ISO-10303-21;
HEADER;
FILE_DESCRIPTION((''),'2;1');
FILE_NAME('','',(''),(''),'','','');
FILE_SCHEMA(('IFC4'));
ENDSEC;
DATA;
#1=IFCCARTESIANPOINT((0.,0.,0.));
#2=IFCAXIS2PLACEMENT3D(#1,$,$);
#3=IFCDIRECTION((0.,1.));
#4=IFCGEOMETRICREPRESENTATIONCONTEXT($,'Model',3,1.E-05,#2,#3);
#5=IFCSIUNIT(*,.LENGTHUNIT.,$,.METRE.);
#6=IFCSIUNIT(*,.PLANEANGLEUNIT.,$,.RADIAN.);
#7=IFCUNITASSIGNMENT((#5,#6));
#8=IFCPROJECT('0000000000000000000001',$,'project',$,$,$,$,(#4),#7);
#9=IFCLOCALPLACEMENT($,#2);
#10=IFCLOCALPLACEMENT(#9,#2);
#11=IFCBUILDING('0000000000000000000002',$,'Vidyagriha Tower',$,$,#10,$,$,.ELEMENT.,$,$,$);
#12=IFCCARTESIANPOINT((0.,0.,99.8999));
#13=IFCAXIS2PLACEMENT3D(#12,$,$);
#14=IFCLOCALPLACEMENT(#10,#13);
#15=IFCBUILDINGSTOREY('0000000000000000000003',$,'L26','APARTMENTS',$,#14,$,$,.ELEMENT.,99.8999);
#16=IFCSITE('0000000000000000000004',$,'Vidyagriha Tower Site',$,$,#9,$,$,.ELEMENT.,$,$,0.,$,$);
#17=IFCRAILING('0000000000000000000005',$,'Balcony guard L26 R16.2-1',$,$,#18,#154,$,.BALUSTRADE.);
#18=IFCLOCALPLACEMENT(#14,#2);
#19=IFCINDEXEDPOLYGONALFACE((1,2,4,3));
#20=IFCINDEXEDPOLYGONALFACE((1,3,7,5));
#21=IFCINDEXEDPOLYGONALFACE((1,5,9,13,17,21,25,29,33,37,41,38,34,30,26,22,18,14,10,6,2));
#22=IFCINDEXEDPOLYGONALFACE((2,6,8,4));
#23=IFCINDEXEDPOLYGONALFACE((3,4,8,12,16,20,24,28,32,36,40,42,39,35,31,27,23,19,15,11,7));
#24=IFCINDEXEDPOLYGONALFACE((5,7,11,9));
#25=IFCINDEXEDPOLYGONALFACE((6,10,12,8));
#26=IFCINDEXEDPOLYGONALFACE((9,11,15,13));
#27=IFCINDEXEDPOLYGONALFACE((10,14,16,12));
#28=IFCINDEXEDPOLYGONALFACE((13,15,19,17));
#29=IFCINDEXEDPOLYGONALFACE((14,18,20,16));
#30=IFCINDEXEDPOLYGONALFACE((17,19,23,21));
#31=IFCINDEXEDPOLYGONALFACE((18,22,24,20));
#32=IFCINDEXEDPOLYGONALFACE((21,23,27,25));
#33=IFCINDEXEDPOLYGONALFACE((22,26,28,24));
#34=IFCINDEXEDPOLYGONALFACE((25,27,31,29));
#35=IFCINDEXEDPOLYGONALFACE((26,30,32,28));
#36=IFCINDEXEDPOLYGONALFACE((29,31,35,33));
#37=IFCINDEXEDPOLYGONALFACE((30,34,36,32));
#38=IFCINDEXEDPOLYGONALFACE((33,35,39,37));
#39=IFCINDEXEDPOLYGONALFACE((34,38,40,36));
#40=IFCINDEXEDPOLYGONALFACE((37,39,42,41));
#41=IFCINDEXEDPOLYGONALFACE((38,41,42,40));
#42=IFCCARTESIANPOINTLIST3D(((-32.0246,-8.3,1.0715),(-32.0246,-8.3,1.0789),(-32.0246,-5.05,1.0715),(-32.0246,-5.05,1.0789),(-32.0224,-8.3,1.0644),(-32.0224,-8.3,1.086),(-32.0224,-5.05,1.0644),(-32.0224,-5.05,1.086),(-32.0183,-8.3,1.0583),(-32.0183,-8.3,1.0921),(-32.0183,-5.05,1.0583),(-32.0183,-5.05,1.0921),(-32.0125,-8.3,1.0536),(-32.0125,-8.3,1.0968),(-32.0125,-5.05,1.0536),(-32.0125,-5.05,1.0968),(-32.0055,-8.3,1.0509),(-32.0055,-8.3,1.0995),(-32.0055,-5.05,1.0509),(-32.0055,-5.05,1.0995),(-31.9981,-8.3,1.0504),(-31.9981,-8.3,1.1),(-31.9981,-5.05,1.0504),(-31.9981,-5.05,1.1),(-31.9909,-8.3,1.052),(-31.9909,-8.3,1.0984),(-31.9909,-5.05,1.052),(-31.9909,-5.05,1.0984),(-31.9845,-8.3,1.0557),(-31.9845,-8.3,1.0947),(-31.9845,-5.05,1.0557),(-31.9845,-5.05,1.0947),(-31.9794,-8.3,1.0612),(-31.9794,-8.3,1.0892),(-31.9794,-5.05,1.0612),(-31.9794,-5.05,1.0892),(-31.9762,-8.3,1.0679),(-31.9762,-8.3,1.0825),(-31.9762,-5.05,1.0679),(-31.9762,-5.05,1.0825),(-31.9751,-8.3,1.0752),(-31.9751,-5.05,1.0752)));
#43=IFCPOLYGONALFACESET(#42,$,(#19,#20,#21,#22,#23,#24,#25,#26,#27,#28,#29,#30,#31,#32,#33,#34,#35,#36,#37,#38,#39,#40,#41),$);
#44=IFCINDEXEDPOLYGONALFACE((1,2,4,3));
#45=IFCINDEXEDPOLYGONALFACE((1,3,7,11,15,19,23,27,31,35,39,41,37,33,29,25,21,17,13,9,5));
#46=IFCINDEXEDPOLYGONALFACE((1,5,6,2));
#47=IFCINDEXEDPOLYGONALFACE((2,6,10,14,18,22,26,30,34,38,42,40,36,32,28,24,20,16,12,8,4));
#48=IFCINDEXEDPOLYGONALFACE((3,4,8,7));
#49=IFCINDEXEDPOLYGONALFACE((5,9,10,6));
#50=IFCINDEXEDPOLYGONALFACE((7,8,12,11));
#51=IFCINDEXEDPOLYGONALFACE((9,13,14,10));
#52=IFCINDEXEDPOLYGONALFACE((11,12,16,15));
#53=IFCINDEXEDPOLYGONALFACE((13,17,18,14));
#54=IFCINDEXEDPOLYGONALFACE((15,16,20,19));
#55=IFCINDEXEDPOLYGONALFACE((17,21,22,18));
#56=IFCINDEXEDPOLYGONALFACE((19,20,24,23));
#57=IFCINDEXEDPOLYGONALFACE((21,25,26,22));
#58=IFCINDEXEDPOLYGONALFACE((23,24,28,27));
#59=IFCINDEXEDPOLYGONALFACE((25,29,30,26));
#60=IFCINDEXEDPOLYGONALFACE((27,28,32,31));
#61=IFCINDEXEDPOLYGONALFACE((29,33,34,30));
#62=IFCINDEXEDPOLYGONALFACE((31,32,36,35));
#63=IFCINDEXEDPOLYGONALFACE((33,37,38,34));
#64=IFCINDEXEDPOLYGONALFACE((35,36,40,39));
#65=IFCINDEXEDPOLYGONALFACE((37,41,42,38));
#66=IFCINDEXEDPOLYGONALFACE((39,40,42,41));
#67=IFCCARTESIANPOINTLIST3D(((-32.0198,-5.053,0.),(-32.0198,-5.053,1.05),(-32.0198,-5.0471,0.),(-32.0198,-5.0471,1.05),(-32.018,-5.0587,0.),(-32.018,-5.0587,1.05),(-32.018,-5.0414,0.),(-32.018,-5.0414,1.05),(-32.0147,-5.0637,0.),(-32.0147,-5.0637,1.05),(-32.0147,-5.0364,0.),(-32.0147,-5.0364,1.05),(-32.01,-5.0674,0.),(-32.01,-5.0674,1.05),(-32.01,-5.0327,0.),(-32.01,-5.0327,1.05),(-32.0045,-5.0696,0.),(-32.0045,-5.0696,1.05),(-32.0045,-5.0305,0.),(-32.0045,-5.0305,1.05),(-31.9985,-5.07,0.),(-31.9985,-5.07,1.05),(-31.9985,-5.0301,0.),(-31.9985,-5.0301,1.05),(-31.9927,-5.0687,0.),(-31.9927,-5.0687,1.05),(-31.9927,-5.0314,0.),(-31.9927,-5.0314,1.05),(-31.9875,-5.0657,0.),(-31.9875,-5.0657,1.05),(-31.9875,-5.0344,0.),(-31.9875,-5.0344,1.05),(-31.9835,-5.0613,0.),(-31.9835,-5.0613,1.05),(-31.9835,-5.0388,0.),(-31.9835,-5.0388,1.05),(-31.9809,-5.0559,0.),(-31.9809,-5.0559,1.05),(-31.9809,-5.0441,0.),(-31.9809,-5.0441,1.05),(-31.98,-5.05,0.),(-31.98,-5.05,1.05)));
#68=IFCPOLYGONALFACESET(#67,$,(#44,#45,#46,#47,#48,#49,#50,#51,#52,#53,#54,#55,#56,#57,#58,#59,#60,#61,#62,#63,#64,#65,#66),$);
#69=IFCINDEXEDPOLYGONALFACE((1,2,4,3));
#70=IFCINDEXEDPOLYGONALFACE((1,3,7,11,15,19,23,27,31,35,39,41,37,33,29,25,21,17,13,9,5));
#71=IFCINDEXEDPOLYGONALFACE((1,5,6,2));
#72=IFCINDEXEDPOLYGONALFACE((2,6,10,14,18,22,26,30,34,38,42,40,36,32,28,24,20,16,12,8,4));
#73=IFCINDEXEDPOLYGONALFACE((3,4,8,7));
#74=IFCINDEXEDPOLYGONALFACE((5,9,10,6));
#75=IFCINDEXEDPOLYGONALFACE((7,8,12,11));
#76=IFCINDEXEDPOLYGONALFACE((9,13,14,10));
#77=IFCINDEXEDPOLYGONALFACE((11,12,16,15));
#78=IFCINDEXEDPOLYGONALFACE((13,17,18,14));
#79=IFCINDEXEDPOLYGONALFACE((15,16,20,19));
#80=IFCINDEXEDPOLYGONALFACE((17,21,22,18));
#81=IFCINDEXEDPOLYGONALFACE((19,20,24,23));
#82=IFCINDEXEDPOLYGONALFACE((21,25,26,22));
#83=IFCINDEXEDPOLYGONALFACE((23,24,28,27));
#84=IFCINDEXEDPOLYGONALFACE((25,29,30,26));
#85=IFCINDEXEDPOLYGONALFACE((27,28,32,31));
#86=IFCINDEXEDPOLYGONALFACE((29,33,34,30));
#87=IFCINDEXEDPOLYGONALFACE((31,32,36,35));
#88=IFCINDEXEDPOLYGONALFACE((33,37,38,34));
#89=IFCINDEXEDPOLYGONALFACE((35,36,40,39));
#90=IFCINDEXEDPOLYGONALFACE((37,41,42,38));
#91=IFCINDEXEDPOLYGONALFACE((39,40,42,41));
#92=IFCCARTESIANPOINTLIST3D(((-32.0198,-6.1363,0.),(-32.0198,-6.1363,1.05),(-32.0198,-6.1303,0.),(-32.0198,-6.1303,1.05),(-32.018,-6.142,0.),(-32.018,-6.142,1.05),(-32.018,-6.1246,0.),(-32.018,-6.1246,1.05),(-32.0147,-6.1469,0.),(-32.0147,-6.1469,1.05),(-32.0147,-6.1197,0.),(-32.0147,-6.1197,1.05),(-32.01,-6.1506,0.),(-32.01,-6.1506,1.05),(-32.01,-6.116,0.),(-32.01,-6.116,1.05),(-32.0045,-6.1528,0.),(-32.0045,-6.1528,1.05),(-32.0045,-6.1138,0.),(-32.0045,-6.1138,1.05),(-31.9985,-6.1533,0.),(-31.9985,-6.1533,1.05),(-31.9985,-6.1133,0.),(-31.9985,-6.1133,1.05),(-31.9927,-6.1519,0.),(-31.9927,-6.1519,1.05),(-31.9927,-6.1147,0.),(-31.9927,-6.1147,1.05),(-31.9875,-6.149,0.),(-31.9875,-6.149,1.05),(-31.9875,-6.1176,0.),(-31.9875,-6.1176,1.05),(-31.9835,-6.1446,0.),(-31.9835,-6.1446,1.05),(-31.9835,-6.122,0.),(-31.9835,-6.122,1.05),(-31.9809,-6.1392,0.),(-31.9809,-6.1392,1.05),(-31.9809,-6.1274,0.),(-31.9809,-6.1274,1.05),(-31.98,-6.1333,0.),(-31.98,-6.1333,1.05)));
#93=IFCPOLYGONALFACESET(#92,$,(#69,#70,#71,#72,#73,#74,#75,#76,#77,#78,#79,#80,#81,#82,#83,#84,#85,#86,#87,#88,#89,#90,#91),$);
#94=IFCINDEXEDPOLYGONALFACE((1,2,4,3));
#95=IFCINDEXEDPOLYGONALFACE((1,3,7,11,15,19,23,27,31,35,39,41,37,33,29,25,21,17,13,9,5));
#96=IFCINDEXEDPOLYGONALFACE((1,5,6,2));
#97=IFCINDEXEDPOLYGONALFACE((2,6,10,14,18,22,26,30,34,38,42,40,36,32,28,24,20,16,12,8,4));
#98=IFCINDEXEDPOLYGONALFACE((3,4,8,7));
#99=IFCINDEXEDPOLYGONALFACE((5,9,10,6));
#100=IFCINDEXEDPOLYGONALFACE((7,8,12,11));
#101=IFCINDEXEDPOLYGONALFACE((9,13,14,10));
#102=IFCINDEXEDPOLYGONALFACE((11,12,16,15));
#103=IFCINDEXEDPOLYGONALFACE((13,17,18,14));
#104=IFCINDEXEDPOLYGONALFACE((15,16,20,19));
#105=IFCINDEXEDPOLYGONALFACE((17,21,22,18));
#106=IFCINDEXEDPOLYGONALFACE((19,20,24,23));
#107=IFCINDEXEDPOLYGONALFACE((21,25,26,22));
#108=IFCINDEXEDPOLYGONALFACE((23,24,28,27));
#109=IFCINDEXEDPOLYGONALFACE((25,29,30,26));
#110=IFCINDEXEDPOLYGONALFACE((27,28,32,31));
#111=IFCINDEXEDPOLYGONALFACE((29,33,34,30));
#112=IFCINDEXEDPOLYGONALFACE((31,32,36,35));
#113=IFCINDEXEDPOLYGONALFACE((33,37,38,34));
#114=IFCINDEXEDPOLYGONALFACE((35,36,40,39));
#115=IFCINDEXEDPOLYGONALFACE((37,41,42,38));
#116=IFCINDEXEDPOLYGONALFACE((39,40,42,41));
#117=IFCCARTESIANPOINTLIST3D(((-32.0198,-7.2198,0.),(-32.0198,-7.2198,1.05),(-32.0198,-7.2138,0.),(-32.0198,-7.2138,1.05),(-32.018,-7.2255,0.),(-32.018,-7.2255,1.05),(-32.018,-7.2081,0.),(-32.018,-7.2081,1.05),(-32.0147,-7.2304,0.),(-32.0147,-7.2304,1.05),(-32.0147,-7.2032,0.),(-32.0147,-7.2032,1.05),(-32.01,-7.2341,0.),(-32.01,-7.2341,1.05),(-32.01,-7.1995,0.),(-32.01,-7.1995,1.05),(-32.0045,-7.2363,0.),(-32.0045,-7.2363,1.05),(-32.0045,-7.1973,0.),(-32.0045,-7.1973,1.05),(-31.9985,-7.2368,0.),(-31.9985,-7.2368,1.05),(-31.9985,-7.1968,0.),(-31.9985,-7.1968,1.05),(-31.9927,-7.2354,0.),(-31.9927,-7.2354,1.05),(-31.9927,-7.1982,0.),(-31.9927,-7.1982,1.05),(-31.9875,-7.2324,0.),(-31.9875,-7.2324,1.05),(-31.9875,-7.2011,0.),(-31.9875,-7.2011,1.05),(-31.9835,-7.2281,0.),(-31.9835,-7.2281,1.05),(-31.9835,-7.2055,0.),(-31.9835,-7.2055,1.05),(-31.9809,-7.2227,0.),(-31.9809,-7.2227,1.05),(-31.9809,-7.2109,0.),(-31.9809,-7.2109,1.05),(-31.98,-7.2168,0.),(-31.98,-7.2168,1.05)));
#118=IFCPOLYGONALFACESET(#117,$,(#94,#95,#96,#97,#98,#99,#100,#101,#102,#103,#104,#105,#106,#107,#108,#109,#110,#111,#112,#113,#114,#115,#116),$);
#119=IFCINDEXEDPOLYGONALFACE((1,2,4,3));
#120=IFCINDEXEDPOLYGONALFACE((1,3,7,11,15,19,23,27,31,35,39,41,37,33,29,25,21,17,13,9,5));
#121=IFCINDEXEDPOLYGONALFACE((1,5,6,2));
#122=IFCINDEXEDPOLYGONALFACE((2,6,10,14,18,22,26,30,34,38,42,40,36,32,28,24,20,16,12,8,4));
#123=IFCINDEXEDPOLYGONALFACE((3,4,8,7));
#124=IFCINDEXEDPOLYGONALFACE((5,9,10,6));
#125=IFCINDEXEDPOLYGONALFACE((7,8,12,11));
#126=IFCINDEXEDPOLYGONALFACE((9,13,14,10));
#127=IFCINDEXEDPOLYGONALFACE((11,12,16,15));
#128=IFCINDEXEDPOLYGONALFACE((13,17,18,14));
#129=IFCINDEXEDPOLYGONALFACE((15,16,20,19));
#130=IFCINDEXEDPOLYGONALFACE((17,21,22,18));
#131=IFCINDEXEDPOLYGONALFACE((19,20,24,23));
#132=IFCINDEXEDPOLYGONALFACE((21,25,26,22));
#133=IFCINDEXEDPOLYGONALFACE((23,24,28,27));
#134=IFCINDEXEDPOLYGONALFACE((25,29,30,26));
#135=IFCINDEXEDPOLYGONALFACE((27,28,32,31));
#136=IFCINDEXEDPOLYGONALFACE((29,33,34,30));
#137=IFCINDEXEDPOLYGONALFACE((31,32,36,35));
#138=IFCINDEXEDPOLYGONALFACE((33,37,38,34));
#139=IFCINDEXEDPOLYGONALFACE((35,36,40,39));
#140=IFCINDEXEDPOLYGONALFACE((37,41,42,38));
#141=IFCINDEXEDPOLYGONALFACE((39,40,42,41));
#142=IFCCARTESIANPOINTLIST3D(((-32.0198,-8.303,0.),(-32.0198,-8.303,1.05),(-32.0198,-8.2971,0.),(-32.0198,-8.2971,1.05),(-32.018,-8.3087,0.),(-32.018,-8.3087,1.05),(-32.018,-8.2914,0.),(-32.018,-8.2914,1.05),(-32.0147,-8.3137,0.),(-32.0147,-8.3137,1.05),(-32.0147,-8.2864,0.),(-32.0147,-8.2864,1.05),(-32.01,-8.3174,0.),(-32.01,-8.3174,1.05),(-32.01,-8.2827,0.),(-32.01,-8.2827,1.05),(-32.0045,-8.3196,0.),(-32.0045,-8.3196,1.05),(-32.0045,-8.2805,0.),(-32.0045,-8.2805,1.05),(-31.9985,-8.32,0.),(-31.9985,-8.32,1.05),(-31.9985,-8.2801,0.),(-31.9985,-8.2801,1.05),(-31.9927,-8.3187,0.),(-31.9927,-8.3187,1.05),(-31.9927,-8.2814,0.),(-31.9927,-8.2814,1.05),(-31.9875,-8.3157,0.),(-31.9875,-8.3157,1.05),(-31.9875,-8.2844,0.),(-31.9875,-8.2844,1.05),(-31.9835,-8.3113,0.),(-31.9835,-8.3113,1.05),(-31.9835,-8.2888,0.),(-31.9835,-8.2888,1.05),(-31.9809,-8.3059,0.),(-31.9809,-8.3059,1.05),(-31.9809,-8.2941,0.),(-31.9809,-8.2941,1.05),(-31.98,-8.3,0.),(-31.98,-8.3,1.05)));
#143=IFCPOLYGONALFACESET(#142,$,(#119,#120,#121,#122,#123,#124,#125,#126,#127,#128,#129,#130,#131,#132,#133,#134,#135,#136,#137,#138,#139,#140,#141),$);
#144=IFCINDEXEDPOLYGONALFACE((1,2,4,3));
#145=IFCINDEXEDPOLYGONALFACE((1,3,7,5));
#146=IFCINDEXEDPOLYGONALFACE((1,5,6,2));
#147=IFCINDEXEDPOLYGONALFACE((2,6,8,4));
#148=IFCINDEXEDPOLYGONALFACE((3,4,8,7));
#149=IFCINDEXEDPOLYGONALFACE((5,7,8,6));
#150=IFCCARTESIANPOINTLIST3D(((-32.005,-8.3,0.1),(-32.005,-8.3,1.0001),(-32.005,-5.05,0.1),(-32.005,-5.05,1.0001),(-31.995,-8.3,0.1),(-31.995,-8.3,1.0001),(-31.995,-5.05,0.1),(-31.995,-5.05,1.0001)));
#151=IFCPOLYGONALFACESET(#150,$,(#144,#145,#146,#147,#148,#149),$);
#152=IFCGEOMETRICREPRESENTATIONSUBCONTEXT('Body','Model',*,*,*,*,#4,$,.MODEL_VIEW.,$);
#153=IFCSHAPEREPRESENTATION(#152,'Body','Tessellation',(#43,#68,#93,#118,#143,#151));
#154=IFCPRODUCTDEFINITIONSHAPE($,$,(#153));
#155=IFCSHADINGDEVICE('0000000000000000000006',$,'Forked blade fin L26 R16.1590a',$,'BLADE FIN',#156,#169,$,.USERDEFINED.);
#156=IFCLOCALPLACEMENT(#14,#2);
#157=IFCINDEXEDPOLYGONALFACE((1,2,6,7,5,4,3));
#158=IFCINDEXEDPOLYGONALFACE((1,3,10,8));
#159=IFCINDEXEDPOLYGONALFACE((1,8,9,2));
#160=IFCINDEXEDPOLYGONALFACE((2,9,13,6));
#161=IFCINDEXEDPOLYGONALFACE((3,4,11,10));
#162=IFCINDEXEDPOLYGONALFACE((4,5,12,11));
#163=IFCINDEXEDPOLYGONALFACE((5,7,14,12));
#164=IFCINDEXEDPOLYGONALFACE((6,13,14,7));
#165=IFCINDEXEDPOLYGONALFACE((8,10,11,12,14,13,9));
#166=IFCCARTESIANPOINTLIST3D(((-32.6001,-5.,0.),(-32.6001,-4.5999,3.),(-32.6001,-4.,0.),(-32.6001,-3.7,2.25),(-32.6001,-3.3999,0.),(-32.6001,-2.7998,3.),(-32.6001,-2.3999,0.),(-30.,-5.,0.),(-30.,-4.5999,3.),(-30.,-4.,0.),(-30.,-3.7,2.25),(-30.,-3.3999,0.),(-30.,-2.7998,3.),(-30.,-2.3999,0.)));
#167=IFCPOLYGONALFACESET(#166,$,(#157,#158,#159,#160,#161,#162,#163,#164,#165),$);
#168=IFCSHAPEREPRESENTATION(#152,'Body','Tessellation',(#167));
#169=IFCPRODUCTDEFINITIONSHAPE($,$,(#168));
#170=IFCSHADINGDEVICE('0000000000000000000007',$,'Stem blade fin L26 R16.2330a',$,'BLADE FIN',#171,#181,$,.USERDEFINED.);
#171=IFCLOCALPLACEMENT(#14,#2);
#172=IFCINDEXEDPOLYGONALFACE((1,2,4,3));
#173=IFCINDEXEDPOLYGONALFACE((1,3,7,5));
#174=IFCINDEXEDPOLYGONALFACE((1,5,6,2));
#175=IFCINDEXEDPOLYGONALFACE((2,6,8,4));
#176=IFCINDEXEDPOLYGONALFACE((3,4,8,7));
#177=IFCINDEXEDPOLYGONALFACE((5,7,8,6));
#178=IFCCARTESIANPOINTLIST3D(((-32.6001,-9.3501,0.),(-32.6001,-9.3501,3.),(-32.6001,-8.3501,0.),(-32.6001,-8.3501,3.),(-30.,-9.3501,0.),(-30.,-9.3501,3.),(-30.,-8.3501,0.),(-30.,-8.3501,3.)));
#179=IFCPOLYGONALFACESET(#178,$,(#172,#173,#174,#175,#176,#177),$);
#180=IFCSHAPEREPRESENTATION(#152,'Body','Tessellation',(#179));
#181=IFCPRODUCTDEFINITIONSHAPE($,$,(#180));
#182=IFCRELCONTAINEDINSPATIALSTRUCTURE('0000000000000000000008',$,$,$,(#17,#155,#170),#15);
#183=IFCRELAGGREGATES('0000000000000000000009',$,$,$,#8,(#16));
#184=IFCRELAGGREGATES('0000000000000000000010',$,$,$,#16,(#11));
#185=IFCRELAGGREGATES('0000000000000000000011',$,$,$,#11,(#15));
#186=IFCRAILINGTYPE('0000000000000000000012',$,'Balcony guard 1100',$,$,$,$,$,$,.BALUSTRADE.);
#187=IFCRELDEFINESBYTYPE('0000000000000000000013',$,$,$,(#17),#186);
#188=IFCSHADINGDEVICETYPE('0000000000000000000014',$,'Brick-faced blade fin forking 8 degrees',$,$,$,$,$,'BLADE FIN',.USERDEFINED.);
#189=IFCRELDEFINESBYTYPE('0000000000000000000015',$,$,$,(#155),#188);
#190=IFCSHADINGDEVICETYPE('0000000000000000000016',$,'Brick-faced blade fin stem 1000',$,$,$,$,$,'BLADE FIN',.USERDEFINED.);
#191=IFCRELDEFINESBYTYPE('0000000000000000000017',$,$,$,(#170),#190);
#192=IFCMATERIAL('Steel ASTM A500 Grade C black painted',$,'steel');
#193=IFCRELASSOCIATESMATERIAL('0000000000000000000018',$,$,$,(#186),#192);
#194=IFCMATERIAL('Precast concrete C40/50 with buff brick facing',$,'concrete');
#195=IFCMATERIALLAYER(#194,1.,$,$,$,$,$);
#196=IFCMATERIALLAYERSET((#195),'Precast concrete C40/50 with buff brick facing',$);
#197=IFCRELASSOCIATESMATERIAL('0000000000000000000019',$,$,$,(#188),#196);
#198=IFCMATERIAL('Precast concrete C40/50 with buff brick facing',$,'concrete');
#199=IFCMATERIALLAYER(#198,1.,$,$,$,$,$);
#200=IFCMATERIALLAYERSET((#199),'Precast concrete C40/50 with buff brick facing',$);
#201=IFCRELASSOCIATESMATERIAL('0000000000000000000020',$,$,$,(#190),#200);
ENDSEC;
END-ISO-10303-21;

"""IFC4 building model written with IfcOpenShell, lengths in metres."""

from ifc_helpers import new_model, si_unit, direction, frame, origin, origin_2d, place, context, subcontext, project, spatial, polyline, rectangle, circle, outline, extrude, material, layer, layer_set, type_object, element, save


model = new_model("IFC4")

# Units and contexts
model_context = context("Model", 3, precision=1e-05, world=origin(), true_north=direction((0.0, 1.0)))
body_context = subcontext(model_context, "Body", "Model", "MODEL_VIEW")
ifc_project = project(units=[si_unit("LENGTHUNIT", "METRE"), si_unit("PLANEANGLEUNIT", "RADIAN")], contexts=[model_context])

# Site, building, storey
site_placement = place(None, origin())
site = spatial("IfcSite", under=ifc_project, at=site_placement, Name="Vidyagriha Tower Site", CompositionType="ELEMENT", RefElevation=0.0)
building_placement = place(site_placement, origin())
building = spatial("IfcBuilding", under=site, at=building_placement, Name="Vidyagriha Tower", CompositionType="ELEMENT")
storey_placement = place(building_placement, frame((0.0, 0.0, 99.8999)))
storey = spatial("IfcBuildingStorey", under=building, at=storey_placement, Name="L26", Description="APARTMENTS", CompositionType="ELEMENT", Elevation=99.8999)

# Railing
ifc_material_1 = material(Name="Steel ASTM A500 Grade C black painted", Category="steel")
railing_type_1 = type_object("IfcRailingType", Name="Balcony guard 1100", PredefinedType="BALUSTRADE", material=ifc_material_1)
railing_1_placement = place(storey_placement, frame((-32.0, -5.05, 0.0)))
element("IfcRailing", 1, at=railing_1_placement, inside=storey, type_object=railing_type_1, Name="Balcony guard L26 R16.2-1", PredefinedType="BALUSTRADE", context=body_context, shape_type="SweptSolid", body=[
    extrude(circle(Radius=0.0249, at=origin_2d()), frame((0.0, 0.0, 1.0752), z_axis=(0.0, -1.0, 0.0), x_axis=(1.0, 0.0, 0.0)), (0.0, 0.0, 1.0), 3.25),
    extrude(circle(Radius=0.02, at=origin_2d()), origin(), (0.0, 0.0, 1.0), 1.05),
    extrude(circle(Radius=0.02, at=origin_2d()), frame((0.0, -1.0833, 0.0)), (0.0, 0.0, 1.0), 1.05),
    extrude(circle(Radius=0.02, at=origin_2d()), frame((0.0, -2.1667, 0.0)), (0.0, 0.0, 1.0), 1.05),
    extrude(circle(Radius=0.02, at=origin_2d()), frame((0.0, -3.25, 0.0)), (0.0, 0.0, 1.0), 1.05),
    extrude(rectangle(XDim=0.01, YDim=0.9001, at=origin_2d()), frame((0.0, 0.0, 0.55), z_axis=(0.0, -1.0, 0.0), x_axis=(1.0, 0.0, 0.0)), (0.0, 0.0, 1.0), 3.25),
])

# Shading devices
ifc_material_2 = material(Name="Precast concrete C40/50 with buff brick facing", Category="concrete")
ifc_layer_1 = layer(ifc_material_2, 1.0)
ifc_layer_set_1 = layer_set([ifc_layer_1], Name="Precast concrete C40/50 with buff brick facing")
shading_device_type_1 = type_object("IfcShadingDeviceType", Name="Brick-faced blade fin forking 8 degrees", ElementType="BLADE FIN", PredefinedType="USERDEFINED", material=ifc_layer_set_1)
shading_device_1_placement = place(storey_placement, frame((-31.3, -2.3999, 0.0), z_axis=(0.0, 0.0, 1.0), x_axis=(0.0, -1.0, 0.0)))
element("IfcShadingDevice", 2, at=shading_device_1_placement, inside=storey, type_object=shading_device_type_1, Name="Forked blade fin L26 R16.1590a", ObjectType="BLADE FIN", PredefinedType="USERDEFINED", context=body_context, shape_type="SweptSolid", body=[
    extrude(outline(polyline([(1.0, 0.0), (1.3, 2.25), (1.6001, 0.0), (2.6001, 0.0), (2.2, 3.0), (0.3999, 3.0), (0.0, 0.0), (1.0, 0.0)])), frame((0.0, 1.3, 0.0), z_axis=(0.0, -1.0, 0.0), x_axis=(1.0, 0.0, 0.0)), (0.0, 0.0, 1.0), 2.6001),
])
ifc_material_3 = material(Name="Precast concrete C40/50 with buff brick facing", Category="concrete")
ifc_layer_2 = layer(ifc_material_3, 1.0)
ifc_layer_set_2 = layer_set([ifc_layer_2], Name="Precast concrete C40/50 with buff brick facing")
shading_device_type_2 = type_object("IfcShadingDeviceType", Name="Brick-faced blade fin stem 1000", ElementType="BLADE FIN", PredefinedType="USERDEFINED", material=ifc_layer_set_2)
shading_device_2_placement = place(storey_placement, frame((-31.3, -8.3501, 0.0), z_axis=(0.0, 0.0, 1.0), x_axis=(0.0, -1.0, 0.0)))
element("IfcShadingDevice", 3, at=shading_device_2_placement, inside=storey, type_object=shading_device_type_2, Name="Stem blade fin L26 R16.2330a", ObjectType="BLADE FIN", PredefinedType="USERDEFINED", context=body_context, shape_type="SweptSolid", body=[
    extrude(outline(polyline([(0.0, 0.0), (1.0, 0.0), (1.0, 3.0), (0.0, 3.0), (0.0, 0.0)])), frame((0.0, 1.3, 0.0), z_axis=(0.0, -1.0, 0.0), x_axis=(1.0, 0.0, 0.0)), (0.0, 0.0, 1.0), 2.6001),
])

save(model, "model.ifc")
